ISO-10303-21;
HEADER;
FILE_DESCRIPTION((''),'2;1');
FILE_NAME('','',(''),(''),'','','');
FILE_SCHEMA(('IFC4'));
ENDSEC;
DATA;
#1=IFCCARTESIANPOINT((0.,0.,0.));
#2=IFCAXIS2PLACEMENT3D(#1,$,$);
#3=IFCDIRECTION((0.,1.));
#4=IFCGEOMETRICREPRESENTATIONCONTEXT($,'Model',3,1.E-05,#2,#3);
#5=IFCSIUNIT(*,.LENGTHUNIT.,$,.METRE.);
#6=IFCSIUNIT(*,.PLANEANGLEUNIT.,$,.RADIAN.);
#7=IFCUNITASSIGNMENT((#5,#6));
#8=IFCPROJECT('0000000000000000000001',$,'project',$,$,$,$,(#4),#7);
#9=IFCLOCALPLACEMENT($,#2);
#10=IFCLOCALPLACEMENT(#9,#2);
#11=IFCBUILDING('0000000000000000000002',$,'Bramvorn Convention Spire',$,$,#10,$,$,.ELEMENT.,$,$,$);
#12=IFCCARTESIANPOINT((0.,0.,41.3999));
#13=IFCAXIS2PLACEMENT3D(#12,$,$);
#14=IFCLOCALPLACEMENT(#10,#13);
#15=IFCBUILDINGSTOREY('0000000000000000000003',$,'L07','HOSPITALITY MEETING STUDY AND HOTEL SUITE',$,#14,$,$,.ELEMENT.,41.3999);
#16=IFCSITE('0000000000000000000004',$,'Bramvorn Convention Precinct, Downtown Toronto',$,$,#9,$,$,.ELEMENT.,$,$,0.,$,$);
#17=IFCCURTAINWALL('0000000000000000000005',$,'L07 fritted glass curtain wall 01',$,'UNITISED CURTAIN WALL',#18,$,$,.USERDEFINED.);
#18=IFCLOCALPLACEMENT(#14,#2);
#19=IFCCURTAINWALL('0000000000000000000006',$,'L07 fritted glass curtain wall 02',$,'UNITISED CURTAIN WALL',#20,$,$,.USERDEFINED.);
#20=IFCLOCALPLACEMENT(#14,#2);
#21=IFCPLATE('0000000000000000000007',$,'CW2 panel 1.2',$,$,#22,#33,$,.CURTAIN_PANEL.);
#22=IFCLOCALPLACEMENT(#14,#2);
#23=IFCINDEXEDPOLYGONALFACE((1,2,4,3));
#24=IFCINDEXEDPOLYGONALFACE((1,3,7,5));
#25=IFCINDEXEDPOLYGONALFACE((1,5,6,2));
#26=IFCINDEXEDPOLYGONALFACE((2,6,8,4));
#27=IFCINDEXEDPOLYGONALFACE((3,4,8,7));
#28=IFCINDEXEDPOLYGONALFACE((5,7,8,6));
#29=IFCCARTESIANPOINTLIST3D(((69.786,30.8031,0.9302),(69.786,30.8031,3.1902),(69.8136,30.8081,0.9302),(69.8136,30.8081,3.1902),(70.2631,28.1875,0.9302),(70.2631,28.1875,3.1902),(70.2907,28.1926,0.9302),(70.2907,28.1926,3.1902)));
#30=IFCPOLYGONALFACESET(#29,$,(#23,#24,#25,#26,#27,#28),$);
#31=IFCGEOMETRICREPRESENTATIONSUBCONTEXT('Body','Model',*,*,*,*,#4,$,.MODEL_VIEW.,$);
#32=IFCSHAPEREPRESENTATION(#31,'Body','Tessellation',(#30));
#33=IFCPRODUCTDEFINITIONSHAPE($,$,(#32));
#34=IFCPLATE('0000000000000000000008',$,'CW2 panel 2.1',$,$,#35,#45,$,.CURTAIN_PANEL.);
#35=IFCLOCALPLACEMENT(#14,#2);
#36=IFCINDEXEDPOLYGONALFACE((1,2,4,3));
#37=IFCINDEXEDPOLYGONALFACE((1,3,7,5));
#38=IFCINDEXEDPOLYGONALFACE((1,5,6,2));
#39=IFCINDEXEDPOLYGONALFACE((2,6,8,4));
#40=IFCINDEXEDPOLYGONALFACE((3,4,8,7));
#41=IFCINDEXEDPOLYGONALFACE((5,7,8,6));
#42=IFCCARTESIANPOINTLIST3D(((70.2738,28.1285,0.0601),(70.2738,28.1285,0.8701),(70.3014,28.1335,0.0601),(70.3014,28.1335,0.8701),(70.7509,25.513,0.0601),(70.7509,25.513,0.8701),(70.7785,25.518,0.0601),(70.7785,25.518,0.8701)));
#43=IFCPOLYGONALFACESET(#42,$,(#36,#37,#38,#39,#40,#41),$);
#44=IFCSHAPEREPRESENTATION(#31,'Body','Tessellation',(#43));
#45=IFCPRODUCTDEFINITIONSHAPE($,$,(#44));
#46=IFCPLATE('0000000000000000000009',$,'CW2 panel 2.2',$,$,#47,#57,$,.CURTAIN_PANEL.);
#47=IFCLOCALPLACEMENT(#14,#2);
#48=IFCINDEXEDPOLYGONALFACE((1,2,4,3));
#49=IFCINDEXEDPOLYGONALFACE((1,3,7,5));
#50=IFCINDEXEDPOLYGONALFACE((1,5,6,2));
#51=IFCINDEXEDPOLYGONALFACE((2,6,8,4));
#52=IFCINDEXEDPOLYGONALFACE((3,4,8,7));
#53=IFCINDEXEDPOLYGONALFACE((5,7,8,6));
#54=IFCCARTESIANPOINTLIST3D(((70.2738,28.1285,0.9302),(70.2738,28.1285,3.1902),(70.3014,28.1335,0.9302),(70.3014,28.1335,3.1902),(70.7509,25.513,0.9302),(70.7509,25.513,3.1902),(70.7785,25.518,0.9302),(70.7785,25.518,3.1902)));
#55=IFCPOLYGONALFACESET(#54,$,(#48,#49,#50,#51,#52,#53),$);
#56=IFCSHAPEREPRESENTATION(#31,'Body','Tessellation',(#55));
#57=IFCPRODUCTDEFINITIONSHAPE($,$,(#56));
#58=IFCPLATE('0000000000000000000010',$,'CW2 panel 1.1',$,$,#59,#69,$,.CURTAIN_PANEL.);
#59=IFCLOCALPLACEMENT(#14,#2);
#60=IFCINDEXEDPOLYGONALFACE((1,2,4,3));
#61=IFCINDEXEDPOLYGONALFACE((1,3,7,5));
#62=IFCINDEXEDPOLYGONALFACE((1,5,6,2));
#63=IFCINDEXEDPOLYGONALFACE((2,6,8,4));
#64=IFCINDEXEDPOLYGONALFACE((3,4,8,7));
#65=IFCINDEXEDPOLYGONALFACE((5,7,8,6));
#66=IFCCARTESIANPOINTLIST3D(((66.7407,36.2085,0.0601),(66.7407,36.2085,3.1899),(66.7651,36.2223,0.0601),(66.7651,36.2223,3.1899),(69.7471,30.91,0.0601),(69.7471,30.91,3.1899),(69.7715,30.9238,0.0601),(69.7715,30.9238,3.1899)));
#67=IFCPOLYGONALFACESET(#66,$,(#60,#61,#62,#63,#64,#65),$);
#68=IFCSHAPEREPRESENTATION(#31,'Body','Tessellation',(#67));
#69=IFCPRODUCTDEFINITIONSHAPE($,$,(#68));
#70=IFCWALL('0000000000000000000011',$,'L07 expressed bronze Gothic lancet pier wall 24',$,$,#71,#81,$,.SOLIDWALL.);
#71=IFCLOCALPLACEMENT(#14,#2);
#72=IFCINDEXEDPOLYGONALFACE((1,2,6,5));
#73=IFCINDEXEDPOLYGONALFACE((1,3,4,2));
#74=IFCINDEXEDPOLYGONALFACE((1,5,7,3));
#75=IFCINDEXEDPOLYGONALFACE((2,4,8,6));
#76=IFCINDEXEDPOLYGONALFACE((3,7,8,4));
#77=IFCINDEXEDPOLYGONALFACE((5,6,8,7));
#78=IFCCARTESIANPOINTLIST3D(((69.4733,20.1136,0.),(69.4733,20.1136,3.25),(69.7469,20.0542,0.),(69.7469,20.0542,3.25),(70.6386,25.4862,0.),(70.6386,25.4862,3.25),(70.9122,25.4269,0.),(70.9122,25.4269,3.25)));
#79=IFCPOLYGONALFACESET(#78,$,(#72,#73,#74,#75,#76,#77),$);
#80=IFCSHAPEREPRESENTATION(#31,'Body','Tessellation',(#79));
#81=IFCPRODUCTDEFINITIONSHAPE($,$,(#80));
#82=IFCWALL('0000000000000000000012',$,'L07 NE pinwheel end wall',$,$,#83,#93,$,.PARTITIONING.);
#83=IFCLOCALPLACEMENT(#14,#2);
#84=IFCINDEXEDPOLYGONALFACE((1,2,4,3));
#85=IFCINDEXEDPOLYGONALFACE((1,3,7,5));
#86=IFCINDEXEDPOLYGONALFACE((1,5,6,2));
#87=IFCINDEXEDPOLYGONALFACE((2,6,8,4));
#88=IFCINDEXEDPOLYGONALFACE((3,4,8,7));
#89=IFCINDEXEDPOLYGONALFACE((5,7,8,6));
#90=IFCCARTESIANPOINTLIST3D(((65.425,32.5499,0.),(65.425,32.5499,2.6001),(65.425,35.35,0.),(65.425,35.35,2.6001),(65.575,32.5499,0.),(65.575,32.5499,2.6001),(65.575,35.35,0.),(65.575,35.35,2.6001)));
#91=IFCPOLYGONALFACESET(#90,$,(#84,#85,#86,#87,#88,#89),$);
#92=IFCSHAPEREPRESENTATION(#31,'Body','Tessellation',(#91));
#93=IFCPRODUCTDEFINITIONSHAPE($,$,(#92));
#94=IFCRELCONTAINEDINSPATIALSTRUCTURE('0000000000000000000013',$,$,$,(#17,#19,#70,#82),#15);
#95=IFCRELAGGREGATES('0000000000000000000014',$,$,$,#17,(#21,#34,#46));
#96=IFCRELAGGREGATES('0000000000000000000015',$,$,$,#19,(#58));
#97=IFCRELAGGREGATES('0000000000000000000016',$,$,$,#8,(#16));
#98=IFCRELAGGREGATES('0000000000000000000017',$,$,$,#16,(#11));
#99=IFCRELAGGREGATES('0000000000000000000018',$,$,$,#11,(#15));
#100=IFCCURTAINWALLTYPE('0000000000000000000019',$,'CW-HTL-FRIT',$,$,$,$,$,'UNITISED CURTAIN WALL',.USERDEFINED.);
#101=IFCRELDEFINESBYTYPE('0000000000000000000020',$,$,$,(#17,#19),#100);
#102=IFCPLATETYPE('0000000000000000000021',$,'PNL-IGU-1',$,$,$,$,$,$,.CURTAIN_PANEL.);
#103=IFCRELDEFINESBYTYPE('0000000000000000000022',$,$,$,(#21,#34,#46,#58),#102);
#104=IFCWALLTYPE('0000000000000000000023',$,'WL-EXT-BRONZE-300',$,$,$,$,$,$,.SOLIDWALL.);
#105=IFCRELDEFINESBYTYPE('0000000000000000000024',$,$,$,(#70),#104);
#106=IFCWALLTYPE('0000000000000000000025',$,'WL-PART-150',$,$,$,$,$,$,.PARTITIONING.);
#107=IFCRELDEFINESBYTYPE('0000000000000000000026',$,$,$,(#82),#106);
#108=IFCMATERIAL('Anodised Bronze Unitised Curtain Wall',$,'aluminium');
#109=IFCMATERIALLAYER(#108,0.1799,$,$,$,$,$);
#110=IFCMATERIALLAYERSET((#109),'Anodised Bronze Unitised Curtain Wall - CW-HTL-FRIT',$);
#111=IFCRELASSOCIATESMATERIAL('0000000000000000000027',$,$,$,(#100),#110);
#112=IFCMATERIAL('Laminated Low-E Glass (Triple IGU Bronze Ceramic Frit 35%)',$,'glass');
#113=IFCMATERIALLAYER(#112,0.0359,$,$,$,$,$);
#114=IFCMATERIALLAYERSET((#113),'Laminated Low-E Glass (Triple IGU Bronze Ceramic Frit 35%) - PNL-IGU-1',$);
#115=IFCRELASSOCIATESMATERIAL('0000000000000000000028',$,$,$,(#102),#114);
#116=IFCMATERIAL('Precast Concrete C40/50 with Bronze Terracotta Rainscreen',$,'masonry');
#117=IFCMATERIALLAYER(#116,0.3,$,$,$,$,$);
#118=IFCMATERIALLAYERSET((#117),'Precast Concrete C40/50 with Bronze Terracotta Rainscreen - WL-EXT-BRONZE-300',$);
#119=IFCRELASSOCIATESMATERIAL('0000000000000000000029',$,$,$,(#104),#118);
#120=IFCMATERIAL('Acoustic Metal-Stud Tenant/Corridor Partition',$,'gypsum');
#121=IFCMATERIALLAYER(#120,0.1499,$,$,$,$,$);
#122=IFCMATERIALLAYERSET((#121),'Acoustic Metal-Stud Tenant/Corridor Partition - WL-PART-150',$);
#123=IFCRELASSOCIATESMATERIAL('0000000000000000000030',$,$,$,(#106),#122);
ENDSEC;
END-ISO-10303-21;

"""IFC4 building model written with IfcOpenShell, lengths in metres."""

from ifc_helpers import new_model, si_unit, direction, frame, frame_2d, origin, origin_2d, place, context, subcontext, project, spatial, rectangle, extrude, material, layer, layer_set, type_object, element, aggregate, save


model = new_model("IFC4")

# Units and contexts
model_context = context("Model", 3, precision=1e-05, world=origin(), true_north=direction((0.0, 1.0)))
body_context = subcontext(model_context, "Body", "Model", "MODEL_VIEW")
ifc_project = project(units=[si_unit("LENGTHUNIT", "METRE"), si_unit("PLANEANGLEUNIT", "RADIAN")], contexts=[model_context])

# Site, building, storey
site_placement = place(None, origin())
site = spatial("IfcSite", under=ifc_project, at=site_placement, Name="Bramvorn Convention Precinct, Downtown Toronto", CompositionType="ELEMENT", RefElevation=0.0)
building_placement = place(site_placement, origin())
building = spatial("IfcBuilding", under=site, at=building_placement, Name="Bramvorn Convention Spire", CompositionType="ELEMENT")
storey_placement = place(building_placement, frame((0.0, 0.0, 41.3999)))
storey = spatial("IfcBuildingStorey", under=building, at=storey_placement, Name="L07", Description="HOSPITALITY MEETING STUDY AND HOTEL SUITE", CompositionType="ELEMENT", Elevation=41.3999)

# Curtain walls
ifc_material_1 = material(Name="Anodised Bronze Unitised Curtain Wall", Category="aluminium")
ifc_layer_1 = layer(ifc_material_1, 0.1799)
ifc_layer_set_1 = layer_set([ifc_layer_1], Name="Anodised Bronze Unitised Curtain Wall - CW-HTL-FRIT")
curtain_wall_type = type_object("IfcCurtainWallType", Name="CW-HTL-FRIT", ElementType="UNITISED CURTAIN WALL", PredefinedType="USERDEFINED", material=ifc_layer_set_1)
curtain_wall_1_placement = place(storey_placement, origin())
curtain_wall_1 = element("IfcCurtainWall", 1, at=curtain_wall_1_placement, inside=storey, type_object=curtain_wall_type, Name="L07 fritted glass curtain wall 01", ObjectType="UNITISED CURTAIN WALL", PredefinedType="USERDEFINED")
curtain_wall_2_placement = place(storey_placement, origin())
curtain_wall_2 = element("IfcCurtainWall", 2, at=curtain_wall_2_placement, inside=storey, type_object=curtain_wall_type, Name="L07 fritted glass curtain wall 02", ObjectType="UNITISED CURTAIN WALL", PredefinedType="USERDEFINED")

# Plates
ifc_material_2 = material(Name="Laminated Low-E Glass (Triple IGU Bronze Ceramic Frit 35%)", Category="glass")
ifc_layer_2 = layer(ifc_material_2, 0.0359)
ifc_layer_set_2 = layer_set([ifc_layer_2], Name="Laminated Low-E Glass (Triple IGU Bronze Ceramic Frit 35%) - PNL-IGU-1")
plate_type = type_object("IfcPlateType", Name="PNL-IGU-1", PredefinedType="CURTAIN_PANEL", material=ifc_layer_set_2)
plate_1_placement = place(storey_placement, frame((70.0383, 29.4978, 0.9302), z_axis=(0.0, 0.0, 1.0), x_axis=(0.179447, -0.983768, 0.0)))
plate_1 = element("IfcPlate", 3, at=plate_1_placement, type_object=plate_type, Name="CW2 panel 1.2", PredefinedType="CURTAIN_PANEL", context=body_context, shape_type="SweptSolid", body=[
    extrude(rectangle(XDim=2.6587, YDim=0.0281, at=origin_2d()), origin(), (0.0, 0.0, 1.0), 2.26),
])
plate_2_placement = place(storey_placement, frame((70.5261, 26.8232, 0.0601), z_axis=(0.0, 0.0, 1.0), x_axis=(0.179447, -0.983768, 0.0)))
plate_2 = element("IfcPlate", 4, at=plate_2_placement, type_object=plate_type, Name="CW2 panel 2.1", PredefinedType="CURTAIN_PANEL", context=body_context, shape_type="SweptSolid", body=[
    extrude(rectangle(XDim=2.6587, YDim=0.0281, at=origin_2d()), origin(), (0.0, 0.0, 1.0), 0.8101),
])
plate_3_placement = place(storey_placement, frame((70.5261, 26.8232, 0.9302), z_axis=(0.0, 0.0, 1.0), x_axis=(0.179447, -0.983768, 0.0)))
plate_3 = element("IfcPlate", 5, at=plate_3_placement, type_object=plate_type, Name="CW2 panel 2.2", PredefinedType="CURTAIN_PANEL", context=body_context, shape_type="SweptSolid", body=[
    extrude(rectangle(XDim=2.6587, YDim=0.0281, at=origin_2d()), origin(), (0.0, 0.0, 1.0), 2.26),
])
aggregate(curtain_wall_1, [plate_1, plate_2, plate_3])
plate_4_placement = place(storey_placement, frame((68.2561, 33.5662, 0.0601), z_axis=(0.0, 0.0, 1.0), x_axis=(0.493507, -0.869742, 0.0)))
plate_4 = element("IfcPlate", 6, at=plate_4_placement, type_object=plate_type, Name="CW2 panel 1.1", PredefinedType="CURTAIN_PANEL", context=body_context, shape_type="SweptSolid", body=[
    extrude(rectangle(XDim=6.092, YDim=0.0281, at=origin_2d()), origin(), (0.0, 0.0, 1.0), 3.1299),
])
aggregate(curtain_wall_2, [plate_4])

# Walls
ifc_material_3 = material(Name="Precast Concrete C40/50 with Bronze Terracotta Rainscreen", Category="masonry")
ifc_layer_3 = layer(ifc_material_3, 0.3)
ifc_layer_set_3 = layer_set([ifc_layer_3], Name="Precast Concrete C40/50 with Bronze Terracotta Rainscreen - WL-EXT-BRONZE-300")
wall_type_1 = type_object("IfcWallType", Name="WL-EXT-BRONZE-300", PredefinedType="SOLIDWALL", material=ifc_layer_set_3)
wall_1_placement = place(storey_placement, frame((70.7754, 25.4565, 0.0), z_axis=(0.0, 0.0, 1.0), x_axis=(-0.211967, -0.977277, 0.0)))
element("IfcWall", 7, at=wall_1_placement, inside=storey, type_object=wall_type_1, Name="L07 expressed bronze Gothic lancet pier wall 24", PredefinedType="SOLIDWALL", context=body_context, shape_type="SweptSolid", body=[
    extrude(rectangle(XDim=5.4976, YDim=0.28, at=frame_2d((2.7488, 0.0))), origin(), (0.0, 0.0, 1.0), 3.25),
])
ifc_material_4 = material(Name="Acoustic Metal-Stud Tenant/Corridor Partition", Category="gypsum")
ifc_layer_4 = layer(ifc_material_4, 0.1499)
ifc_layer_set_4 = layer_set([ifc_layer_4], Name="Acoustic Metal-Stud Tenant/Corridor Partition - WL-PART-150")
wall_type_2 = type_object("IfcWallType", Name="WL-PART-150", PredefinedType="PARTITIONING", material=ifc_layer_set_4)
wall_2_placement = place(storey_placement, frame((65.5, 32.55, 0.0), z_axis=(0.0, 0.0, 1.0), x_axis=(0.0, 1.0, 0.0)))
element("IfcWall", 8, at=wall_2_placement, inside=storey, type_object=wall_type_2, Name="L07 NE pinwheel end wall", PredefinedType="PARTITIONING", context=body_context, shape_type="SweptSolid", body=[
    extrude(rectangle(XDim=2.8, YDim=0.1499, at=frame_2d((1.3999, 0.0))), origin(), (0.0, 0.0, 1.0), 2.6001),
])

save(model, "model.ifc")
